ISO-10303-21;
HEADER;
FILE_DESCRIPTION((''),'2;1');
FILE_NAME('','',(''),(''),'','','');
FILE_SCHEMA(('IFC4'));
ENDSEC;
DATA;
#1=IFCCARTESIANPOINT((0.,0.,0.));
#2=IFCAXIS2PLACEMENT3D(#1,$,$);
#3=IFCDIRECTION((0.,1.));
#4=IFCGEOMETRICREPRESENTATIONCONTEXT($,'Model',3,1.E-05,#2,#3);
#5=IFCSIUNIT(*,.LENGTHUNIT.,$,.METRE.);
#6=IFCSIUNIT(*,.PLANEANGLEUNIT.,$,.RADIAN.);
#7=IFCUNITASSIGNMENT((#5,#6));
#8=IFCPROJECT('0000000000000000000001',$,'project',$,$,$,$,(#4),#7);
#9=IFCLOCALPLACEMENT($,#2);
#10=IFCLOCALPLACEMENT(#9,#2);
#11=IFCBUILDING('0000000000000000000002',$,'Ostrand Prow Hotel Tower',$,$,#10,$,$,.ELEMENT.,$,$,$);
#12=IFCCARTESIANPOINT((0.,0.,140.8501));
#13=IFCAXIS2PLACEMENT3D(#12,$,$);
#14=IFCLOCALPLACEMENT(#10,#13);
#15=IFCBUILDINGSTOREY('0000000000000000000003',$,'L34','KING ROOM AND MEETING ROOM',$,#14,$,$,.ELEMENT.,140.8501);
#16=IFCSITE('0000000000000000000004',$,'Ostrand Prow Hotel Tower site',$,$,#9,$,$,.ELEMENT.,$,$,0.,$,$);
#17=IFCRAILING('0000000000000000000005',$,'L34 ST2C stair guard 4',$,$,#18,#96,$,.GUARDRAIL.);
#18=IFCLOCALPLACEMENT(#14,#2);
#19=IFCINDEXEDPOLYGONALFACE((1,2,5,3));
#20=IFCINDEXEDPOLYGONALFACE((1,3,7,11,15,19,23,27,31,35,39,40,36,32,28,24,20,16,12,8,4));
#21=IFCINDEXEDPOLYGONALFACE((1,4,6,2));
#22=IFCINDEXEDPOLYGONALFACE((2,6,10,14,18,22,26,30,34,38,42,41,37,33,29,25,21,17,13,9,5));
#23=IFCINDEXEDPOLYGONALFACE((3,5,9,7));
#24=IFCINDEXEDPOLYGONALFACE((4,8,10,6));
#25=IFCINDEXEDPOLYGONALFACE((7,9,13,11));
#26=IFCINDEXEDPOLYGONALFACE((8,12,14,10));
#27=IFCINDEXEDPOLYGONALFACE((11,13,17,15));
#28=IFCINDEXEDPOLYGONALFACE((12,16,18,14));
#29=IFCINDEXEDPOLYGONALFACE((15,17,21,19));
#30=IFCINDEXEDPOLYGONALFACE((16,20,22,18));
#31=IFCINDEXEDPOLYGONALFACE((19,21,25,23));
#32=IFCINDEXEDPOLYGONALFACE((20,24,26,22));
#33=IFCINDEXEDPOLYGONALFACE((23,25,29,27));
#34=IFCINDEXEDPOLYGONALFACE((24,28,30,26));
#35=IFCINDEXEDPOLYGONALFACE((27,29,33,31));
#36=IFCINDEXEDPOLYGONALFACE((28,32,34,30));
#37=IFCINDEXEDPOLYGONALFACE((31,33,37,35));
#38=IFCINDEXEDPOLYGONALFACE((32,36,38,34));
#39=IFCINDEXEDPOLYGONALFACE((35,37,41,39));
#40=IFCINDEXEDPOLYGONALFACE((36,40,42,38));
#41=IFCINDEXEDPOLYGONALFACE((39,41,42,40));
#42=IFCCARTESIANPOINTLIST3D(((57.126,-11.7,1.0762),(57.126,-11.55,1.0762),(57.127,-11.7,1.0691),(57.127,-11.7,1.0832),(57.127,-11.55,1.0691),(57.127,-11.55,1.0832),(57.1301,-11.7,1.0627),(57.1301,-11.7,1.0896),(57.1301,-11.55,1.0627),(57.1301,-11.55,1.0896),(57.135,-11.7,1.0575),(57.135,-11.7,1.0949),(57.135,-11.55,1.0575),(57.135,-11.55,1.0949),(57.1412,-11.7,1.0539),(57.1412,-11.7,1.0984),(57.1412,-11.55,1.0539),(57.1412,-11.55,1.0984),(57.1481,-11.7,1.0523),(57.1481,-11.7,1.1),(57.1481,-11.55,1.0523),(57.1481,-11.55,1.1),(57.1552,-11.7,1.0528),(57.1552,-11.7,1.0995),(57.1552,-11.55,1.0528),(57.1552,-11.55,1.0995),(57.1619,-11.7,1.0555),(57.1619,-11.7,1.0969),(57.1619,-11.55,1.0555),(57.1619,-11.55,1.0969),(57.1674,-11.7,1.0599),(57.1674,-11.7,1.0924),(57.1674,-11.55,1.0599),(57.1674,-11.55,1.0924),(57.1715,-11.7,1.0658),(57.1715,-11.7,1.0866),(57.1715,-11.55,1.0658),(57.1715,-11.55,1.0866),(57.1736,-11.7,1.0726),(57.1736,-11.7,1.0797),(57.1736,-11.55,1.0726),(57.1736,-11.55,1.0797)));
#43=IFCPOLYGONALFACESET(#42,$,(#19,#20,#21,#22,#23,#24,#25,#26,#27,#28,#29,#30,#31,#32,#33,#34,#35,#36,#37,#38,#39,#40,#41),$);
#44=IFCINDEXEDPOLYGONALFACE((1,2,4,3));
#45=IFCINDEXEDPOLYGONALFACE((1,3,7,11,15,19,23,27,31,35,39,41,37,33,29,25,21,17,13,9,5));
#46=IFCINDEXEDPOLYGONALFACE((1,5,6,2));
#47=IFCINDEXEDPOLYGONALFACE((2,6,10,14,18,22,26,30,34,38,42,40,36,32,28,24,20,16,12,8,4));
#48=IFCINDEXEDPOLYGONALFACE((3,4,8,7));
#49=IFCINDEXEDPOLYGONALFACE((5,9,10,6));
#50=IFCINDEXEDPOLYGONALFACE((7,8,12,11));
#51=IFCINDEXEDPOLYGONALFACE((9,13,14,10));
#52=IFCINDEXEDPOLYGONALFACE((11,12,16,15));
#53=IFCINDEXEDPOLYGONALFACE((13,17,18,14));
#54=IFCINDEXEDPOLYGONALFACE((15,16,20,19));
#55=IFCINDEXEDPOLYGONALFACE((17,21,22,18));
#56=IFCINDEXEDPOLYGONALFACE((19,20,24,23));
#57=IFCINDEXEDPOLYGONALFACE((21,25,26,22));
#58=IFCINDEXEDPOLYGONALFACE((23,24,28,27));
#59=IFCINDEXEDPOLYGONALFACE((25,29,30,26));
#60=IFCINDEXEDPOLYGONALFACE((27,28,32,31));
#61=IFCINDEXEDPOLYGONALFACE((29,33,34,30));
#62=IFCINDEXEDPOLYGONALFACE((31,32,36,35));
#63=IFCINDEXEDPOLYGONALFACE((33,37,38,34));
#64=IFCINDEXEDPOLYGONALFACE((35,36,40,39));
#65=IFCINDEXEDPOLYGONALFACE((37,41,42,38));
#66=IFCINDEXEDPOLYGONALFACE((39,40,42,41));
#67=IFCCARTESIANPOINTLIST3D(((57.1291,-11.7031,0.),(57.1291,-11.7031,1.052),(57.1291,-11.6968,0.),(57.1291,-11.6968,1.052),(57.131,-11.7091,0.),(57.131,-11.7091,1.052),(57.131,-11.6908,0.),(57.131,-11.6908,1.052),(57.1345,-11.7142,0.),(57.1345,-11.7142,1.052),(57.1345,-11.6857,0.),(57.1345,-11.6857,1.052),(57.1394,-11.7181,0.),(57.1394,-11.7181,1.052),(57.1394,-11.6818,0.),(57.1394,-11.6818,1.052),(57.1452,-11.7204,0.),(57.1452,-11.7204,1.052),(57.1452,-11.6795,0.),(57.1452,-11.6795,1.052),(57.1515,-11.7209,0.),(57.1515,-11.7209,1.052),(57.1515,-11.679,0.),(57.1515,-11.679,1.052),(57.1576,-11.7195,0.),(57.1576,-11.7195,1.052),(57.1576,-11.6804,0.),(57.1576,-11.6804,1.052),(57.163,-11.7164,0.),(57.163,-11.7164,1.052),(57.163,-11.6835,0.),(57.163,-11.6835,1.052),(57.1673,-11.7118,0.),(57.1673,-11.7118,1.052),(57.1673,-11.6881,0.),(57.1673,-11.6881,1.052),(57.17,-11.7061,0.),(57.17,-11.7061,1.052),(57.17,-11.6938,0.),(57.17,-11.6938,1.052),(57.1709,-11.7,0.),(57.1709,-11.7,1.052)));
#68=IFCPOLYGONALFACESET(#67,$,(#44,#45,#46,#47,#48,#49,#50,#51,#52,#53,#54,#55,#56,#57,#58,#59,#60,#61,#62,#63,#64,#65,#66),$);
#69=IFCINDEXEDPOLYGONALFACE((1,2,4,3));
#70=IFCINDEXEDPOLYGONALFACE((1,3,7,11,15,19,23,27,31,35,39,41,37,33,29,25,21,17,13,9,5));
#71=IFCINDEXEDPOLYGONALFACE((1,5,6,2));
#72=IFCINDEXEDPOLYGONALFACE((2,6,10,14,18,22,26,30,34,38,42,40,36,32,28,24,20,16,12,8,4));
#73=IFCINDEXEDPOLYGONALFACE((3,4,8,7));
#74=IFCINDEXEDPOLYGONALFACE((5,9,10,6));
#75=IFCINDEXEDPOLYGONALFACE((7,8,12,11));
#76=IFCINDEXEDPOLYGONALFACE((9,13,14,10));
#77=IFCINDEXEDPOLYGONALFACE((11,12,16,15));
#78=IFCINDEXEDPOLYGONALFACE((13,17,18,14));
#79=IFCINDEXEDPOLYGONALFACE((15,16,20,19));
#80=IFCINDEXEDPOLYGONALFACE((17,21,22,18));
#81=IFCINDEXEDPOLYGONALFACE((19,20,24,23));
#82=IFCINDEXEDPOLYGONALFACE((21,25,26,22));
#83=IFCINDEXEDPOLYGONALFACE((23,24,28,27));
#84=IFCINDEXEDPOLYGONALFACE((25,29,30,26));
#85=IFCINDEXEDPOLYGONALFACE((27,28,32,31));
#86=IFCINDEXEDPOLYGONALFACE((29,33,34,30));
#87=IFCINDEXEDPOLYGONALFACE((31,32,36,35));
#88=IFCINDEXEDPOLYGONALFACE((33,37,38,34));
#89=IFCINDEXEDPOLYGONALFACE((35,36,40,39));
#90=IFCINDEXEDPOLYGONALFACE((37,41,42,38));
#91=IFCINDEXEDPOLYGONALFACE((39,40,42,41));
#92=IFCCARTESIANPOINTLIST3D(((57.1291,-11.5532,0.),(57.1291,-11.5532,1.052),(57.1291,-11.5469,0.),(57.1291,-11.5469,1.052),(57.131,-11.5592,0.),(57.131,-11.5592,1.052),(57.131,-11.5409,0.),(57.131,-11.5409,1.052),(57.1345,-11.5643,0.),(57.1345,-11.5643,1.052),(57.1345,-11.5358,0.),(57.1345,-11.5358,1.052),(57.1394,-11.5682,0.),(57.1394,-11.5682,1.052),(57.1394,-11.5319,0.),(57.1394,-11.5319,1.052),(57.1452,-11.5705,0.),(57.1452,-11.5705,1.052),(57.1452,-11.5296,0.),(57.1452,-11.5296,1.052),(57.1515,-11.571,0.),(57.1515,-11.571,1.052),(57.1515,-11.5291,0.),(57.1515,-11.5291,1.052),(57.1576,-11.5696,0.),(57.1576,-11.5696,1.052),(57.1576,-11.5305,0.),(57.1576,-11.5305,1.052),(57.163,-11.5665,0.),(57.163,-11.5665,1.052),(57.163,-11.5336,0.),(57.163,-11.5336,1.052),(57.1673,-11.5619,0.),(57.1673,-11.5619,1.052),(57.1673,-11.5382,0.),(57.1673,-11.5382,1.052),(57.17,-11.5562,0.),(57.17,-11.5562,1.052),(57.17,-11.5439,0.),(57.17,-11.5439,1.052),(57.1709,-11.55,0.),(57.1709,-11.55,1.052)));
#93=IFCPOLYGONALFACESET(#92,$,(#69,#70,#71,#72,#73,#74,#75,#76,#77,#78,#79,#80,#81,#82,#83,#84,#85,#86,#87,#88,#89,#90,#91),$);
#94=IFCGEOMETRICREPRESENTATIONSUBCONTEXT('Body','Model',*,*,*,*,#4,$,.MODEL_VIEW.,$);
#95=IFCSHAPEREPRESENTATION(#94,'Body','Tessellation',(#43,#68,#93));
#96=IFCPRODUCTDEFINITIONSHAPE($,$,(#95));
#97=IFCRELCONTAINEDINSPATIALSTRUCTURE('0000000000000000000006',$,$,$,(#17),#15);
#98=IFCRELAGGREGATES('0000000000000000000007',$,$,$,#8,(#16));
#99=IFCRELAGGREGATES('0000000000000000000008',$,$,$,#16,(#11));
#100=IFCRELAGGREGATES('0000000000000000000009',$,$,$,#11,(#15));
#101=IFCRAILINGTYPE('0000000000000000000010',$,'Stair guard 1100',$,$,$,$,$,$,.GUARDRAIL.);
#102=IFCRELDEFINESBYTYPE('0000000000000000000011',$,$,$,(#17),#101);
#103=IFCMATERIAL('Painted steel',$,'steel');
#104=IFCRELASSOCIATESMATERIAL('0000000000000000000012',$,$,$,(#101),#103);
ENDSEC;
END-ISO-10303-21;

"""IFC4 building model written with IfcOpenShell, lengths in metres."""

from ifc_helpers import new_model, si_unit, direction, frame, origin, origin_2d, place, context, subcontext, project, spatial, circle, extrude, material, type_object, element, save


model = new_model("IFC4")

# Units and contexts
model_context = context("Model", 3, precision=1e-05, world=origin(), true_north=direction((0.0, 1.0)))
body_context = subcontext(model_context, "Body", "Model", "MODEL_VIEW")
ifc_project = project(units=[si_unit("LENGTHUNIT", "METRE"), si_unit("PLANEANGLEUNIT", "RADIAN")], contexts=[model_context])

# Site, building, storey
site_placement = place(None, origin())
site = spatial("IfcSite", under=ifc_project, at=site_placement, Name="Ostrand Prow Hotel Tower site", CompositionType="ELEMENT", RefElevation=0.0)
building_placement = place(site_placement, origin())
building = spatial("IfcBuilding", under=site, at=building_placement, Name="Ostrand Prow Hotel Tower", CompositionType="ELEMENT")
storey_placement = place(building_placement, frame((0.0, 0.0, 140.8501)))
storey = spatial("IfcBuildingStorey", under=building, at=storey_placement, Name="L34", Description="KING ROOM AND MEETING ROOM", CompositionType="ELEMENT", Elevation=140.8501)

# Railing
ifc_material_1 = material(Name="Painted steel", Category="steel")
railing_type_1 = type_object("IfcRailingType", Name="Stair guard 1100", PredefinedType="GUARDRAIL", material=ifc_material_1)
railing_1_placement = place(storey_placement, frame((57.1499, -11.7, 0.0)))
element("IfcRailing", 1, at=railing_1_placement, inside=storey, type_object=railing_type_1, Name="L34 ST2C stair guard 4", PredefinedType="GUARDRAIL", context=body_context, shape_type="SweptSolid", body=[
    extrude(circle(Radius=0.0239, at=origin_2d()), frame((0.0, 0.0, 1.0762), z_axis=(0.0, 1.0, 0.0), x_axis=(-1.0, 0.0, 0.0)), (0.0, 0.0, 1.0), 0.1499),
    extrude(circle(Radius=0.021, at=origin_2d()), origin(), (0.0, 0.0, 1.0), 1.052),
    extrude(circle(Radius=0.021, at=origin_2d()), frame((0.0, 0.1499, 0.0)), (0.0, 0.0, 1.0), 1.052),
])

save(model, "model.ifc")
